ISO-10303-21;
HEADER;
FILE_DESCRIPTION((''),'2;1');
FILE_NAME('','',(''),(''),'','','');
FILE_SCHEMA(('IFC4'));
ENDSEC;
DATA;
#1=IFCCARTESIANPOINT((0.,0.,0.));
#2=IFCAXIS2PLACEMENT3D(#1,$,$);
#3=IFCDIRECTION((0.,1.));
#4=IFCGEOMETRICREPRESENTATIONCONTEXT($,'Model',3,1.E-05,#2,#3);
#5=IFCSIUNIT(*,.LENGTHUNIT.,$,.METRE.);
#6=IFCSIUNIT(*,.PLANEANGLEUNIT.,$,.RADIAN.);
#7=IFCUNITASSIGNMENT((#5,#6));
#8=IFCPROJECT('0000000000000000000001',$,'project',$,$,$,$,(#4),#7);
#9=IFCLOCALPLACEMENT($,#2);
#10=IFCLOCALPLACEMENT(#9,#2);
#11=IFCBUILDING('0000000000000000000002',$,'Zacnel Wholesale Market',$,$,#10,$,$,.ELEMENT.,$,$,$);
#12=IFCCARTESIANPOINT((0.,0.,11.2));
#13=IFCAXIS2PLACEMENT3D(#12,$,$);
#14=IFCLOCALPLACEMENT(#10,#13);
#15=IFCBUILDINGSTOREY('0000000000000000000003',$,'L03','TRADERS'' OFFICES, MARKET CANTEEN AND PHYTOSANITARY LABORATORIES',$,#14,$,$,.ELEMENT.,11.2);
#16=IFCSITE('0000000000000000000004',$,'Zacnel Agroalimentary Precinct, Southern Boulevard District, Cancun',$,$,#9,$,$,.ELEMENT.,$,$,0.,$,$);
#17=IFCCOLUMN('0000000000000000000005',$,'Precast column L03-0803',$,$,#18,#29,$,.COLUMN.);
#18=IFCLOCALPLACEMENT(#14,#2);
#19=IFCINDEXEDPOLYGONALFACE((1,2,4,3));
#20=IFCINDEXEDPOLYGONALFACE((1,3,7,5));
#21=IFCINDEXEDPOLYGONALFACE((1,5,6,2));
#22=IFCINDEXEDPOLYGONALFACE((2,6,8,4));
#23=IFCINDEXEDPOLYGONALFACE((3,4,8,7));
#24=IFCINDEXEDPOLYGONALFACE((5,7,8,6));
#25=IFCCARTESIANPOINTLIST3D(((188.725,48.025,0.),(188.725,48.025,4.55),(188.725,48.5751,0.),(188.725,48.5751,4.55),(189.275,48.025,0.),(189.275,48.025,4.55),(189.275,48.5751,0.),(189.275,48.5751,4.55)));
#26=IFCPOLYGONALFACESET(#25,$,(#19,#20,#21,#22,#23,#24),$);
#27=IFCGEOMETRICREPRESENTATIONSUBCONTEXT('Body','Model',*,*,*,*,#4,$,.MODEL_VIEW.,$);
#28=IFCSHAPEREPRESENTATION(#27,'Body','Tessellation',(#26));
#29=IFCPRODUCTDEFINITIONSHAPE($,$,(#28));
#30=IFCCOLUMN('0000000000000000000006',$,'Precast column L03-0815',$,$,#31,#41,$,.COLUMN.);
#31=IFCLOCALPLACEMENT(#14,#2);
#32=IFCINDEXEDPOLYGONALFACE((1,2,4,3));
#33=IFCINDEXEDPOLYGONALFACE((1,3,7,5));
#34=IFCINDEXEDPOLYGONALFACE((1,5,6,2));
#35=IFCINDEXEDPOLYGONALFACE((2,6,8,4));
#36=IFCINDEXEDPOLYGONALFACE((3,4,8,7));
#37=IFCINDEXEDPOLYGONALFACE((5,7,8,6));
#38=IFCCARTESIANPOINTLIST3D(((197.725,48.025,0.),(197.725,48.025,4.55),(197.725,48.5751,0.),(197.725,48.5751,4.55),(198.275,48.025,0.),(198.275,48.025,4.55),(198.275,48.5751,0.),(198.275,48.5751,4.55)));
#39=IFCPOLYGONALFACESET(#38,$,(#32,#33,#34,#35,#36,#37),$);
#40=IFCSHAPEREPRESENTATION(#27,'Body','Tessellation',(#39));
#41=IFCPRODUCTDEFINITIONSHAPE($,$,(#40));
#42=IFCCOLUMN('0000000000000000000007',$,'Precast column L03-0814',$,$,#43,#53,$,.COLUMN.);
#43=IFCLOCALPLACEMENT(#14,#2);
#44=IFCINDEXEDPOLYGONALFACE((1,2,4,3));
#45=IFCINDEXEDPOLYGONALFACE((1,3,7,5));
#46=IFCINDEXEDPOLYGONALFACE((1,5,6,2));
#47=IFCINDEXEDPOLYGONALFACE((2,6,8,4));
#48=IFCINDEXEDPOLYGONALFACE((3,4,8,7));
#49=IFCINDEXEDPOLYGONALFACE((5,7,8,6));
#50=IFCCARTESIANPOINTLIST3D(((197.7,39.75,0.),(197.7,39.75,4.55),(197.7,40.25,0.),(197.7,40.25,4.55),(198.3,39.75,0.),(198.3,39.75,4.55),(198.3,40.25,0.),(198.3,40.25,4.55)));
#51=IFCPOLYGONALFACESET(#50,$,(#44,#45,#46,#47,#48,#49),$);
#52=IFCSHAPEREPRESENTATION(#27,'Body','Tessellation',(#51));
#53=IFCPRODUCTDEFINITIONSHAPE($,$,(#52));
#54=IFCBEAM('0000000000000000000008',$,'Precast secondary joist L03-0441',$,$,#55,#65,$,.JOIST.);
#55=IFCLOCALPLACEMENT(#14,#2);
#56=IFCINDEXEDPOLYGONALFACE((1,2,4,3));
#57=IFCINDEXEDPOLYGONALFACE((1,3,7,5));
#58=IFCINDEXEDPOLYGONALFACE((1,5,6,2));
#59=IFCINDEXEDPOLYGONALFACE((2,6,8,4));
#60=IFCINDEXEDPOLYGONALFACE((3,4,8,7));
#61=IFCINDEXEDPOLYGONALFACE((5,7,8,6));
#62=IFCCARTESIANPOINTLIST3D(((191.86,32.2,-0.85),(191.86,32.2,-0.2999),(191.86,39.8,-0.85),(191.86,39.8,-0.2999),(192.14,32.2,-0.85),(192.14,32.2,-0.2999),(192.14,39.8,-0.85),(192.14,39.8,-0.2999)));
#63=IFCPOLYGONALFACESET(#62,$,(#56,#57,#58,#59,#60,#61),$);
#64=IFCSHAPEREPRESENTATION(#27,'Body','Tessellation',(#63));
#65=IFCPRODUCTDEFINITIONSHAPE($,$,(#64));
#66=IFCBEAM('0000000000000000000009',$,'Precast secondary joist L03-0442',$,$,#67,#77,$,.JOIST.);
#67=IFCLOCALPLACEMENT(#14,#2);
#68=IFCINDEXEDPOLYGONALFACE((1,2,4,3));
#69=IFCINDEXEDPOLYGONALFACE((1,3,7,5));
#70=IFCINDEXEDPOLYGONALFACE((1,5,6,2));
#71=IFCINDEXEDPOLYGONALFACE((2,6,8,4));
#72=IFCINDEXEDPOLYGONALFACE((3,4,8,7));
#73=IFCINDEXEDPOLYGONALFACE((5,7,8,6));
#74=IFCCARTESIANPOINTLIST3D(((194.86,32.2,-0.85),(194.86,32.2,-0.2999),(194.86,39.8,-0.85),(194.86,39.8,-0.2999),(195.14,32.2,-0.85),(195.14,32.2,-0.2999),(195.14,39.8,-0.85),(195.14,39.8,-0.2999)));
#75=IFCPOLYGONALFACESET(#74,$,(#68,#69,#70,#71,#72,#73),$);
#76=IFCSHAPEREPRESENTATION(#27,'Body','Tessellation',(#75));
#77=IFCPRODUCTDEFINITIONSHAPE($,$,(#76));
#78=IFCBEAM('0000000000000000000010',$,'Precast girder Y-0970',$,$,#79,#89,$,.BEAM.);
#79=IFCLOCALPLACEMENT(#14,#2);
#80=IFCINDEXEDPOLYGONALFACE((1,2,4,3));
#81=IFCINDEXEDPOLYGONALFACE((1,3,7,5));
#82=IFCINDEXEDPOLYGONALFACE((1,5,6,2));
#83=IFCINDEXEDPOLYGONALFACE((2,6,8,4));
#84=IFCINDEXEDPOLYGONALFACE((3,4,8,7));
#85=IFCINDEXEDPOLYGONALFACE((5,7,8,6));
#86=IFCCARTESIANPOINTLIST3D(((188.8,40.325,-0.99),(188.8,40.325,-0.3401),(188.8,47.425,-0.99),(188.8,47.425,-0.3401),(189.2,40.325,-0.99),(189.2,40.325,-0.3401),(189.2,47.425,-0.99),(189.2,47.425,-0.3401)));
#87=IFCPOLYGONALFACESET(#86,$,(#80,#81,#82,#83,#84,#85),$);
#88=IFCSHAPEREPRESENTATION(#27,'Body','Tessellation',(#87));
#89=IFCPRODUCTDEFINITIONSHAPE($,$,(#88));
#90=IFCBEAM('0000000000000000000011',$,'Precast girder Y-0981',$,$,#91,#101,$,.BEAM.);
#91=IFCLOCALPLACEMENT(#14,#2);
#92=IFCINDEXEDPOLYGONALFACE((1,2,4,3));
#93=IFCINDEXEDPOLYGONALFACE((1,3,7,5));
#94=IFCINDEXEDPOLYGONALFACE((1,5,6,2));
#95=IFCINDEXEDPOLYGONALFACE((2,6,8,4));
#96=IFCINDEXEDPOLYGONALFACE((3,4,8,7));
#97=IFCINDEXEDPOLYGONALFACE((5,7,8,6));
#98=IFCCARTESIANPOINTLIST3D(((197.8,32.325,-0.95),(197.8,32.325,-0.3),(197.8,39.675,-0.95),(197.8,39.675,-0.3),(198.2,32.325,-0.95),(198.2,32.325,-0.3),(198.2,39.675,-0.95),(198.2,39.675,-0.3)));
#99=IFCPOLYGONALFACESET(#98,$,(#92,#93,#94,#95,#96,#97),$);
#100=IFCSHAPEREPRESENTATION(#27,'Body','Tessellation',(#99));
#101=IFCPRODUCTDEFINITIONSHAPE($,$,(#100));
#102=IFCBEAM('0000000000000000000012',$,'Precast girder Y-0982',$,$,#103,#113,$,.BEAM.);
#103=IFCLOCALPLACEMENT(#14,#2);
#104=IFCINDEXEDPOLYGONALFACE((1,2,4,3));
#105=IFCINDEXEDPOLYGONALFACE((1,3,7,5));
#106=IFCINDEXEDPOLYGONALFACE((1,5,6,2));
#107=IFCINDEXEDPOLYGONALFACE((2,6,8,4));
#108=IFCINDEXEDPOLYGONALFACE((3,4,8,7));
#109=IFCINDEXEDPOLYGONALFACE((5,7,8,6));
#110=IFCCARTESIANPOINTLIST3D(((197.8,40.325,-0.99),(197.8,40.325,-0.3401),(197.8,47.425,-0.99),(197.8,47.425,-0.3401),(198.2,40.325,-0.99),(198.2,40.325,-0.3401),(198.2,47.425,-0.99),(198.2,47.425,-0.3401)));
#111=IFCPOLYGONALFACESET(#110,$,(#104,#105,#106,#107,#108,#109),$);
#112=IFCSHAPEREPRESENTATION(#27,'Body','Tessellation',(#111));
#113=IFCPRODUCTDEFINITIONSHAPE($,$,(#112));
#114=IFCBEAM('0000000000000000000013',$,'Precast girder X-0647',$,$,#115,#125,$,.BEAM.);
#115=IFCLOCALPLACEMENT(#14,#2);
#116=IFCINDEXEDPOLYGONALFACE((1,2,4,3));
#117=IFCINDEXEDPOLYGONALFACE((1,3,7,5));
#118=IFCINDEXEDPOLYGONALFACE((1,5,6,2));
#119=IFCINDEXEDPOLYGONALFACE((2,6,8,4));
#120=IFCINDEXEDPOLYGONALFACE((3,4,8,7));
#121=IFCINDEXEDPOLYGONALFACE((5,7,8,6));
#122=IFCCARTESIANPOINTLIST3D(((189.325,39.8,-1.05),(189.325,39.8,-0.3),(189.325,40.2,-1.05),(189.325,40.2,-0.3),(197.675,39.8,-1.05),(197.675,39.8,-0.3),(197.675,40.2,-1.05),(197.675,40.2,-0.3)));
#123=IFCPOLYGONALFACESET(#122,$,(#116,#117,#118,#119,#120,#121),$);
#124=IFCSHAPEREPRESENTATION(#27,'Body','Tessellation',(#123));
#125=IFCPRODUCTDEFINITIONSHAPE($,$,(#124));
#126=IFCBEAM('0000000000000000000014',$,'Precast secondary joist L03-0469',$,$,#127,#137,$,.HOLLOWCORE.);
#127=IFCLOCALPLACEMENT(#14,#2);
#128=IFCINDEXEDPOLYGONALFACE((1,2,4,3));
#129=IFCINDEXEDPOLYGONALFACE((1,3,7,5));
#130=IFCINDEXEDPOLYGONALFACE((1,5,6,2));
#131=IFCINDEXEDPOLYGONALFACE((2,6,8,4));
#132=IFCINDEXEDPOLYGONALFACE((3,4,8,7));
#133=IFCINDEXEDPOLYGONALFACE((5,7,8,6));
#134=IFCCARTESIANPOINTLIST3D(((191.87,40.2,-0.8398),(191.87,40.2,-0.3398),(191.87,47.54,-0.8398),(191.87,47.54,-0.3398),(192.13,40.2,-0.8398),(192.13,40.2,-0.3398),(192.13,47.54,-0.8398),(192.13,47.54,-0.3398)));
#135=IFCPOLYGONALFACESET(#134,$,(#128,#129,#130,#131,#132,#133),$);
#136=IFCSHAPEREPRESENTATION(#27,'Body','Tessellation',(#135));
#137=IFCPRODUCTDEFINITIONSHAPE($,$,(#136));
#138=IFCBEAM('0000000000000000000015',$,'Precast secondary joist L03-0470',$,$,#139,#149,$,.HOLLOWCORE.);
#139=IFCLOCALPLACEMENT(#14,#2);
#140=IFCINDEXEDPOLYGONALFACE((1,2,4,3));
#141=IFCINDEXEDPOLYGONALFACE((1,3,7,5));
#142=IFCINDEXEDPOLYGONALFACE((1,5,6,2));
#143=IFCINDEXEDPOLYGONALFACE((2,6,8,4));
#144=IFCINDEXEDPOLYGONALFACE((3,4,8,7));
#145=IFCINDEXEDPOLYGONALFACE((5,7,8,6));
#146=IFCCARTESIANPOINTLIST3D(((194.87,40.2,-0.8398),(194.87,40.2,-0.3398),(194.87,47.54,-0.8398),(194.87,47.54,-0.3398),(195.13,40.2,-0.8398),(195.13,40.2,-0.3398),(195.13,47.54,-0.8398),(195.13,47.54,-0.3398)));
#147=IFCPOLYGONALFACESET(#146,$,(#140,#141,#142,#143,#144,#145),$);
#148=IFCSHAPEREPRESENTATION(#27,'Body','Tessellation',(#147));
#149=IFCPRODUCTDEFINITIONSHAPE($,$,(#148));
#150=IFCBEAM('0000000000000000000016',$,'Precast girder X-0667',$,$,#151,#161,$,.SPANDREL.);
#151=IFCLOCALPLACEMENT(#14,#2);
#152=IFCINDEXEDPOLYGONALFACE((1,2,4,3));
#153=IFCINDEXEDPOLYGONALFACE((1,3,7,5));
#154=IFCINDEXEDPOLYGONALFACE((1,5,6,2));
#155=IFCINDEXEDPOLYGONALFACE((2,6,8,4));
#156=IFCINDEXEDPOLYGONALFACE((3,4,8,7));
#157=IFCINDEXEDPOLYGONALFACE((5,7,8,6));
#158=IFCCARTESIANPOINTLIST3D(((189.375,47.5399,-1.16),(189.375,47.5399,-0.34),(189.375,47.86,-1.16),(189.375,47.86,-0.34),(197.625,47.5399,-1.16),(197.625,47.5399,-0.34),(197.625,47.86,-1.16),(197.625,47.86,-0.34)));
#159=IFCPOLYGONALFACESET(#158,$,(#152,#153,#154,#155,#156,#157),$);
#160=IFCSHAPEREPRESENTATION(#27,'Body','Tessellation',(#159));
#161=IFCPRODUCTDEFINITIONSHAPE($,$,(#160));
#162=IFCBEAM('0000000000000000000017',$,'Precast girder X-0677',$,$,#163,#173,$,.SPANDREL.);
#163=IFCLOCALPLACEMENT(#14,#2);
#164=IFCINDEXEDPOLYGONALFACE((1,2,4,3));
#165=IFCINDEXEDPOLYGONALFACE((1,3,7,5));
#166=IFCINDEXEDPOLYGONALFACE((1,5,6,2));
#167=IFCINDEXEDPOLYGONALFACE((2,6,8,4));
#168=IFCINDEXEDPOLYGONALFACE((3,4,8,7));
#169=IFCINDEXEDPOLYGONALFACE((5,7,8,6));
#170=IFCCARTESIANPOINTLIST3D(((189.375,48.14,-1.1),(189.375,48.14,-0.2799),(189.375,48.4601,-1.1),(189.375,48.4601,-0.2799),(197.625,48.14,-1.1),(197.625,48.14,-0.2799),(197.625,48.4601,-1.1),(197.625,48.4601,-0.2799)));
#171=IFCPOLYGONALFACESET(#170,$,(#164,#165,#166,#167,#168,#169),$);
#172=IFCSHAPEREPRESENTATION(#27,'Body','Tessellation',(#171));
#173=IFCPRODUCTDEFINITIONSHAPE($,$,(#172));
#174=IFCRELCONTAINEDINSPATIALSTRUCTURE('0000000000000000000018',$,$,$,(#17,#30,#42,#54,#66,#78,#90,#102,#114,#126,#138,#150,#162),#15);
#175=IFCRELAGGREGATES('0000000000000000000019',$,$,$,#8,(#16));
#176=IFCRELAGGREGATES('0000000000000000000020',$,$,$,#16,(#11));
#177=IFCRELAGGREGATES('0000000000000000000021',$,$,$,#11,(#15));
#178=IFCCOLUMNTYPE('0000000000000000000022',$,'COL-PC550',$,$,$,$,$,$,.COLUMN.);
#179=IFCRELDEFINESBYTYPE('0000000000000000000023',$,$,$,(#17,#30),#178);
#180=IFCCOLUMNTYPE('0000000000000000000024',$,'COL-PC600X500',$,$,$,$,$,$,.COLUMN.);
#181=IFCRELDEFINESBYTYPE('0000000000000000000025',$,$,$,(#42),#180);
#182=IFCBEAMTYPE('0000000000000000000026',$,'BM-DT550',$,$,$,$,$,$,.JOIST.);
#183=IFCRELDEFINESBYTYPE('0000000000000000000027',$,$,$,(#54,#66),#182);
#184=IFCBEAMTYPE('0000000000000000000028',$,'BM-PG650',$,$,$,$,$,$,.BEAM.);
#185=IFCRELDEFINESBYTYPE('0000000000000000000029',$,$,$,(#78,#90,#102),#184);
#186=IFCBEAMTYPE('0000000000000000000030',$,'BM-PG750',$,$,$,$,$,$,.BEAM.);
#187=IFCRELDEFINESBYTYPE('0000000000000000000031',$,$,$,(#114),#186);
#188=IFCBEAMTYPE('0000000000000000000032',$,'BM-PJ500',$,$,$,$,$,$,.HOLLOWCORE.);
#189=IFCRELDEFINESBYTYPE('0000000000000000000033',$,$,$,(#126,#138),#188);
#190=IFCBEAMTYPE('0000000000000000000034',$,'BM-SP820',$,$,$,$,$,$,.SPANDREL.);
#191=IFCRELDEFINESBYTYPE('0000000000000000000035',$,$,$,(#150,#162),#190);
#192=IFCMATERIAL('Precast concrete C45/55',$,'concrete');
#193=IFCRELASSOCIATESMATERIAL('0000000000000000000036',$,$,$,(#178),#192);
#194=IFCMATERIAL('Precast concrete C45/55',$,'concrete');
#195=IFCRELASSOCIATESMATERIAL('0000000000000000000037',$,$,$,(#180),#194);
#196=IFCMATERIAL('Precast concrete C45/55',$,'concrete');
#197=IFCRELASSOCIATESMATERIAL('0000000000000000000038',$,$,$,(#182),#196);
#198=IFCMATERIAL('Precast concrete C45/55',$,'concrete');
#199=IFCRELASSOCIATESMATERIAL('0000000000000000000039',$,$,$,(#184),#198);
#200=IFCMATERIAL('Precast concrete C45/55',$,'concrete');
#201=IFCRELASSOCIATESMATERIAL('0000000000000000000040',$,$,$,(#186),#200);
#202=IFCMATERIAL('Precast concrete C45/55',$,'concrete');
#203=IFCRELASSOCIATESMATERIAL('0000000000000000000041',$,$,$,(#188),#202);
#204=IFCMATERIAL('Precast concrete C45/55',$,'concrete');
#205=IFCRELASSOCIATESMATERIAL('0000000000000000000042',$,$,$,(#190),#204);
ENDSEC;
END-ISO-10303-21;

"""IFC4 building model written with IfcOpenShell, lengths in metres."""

from ifc_helpers import new_model, si_unit, direction, frame, origin, origin_2d, place, context, subcontext, project, spatial, rectangle, extrude, material, material_profile, profile_set, type_object, element, save


model = new_model("IFC4")

# Units and contexts
model_context = context("Model", 3, precision=1e-05, world=origin(), true_north=direction((0.0, 1.0)))
body_context = subcontext(model_context, "Body", "Model", "MODEL_VIEW")
ifc_project = project(units=[si_unit("LENGTHUNIT", "METRE"), si_unit("PLANEANGLEUNIT", "RADIAN")], contexts=[model_context])

# Site, building, storey
site_placement = place(None, origin())
site = spatial("IfcSite", under=ifc_project, at=site_placement, Name="Zacnel Agroalimentary Precinct, Southern Boulevard District, Cancun", CompositionType="ELEMENT", RefElevation=0.0)
building_placement = place(site_placement, origin())
building = spatial("IfcBuilding", under=site, at=building_placement, Name="Zacnel Wholesale Market", CompositionType="ELEMENT")
storey_placement = place(building_placement, frame((0.0, 0.0, 11.2)))
storey = spatial("IfcBuildingStorey", under=building, at=storey_placement, Name="L03", Description="TRADERS' OFFICES, MARKET CANTEEN AND PHYTOSANITARY LABORATORIES", CompositionType="ELEMENT", Elevation=11.2)

# Columns
ifc_material_1 = material(Name="Precast concrete C45/55", Category="concrete")
ifc_material_profile_1 = material_profile(ifc_material_1, rectangle(XDim=0.55, YDim=0.55, at=origin_2d()), Name="PC 550x550")
ifc_profile_set_1 = profile_set([ifc_material_profile_1], Name="Precast concrete C45/55")
column_type_1 = type_object("IfcColumnType", Name="COL-PC550", PredefinedType="COLUMN", material=ifc_profile_set_1)
for number, where, z_axis, x_axis, name in (
    (1, (189.0, 48.3, 0.0), (0.0, 0.0, 1.0), (1.0, 0.0, 0.0), "Precast column L03-0803"),
    (2, (198.0, 48.3, 0.0), (0.0, 0.0, 1.0), (1.0, 0.0, 0.0), "Precast column L03-0815"),
):
    element("IfcColumn", number, at=place(storey_placement, frame(where, z_axis=z_axis, x_axis=x_axis)), inside=storey, type_object=column_type_1, Name=name, PredefinedType="COLUMN", context=body_context, shape_type="SweptSolid", body=[
        extrude(rectangle(XDim=0.55, YDim=0.55, at=origin_2d()), origin(), (0.0, 0.0, 1.0), 4.55),
    ])
ifc_material_2 = material(Name="Precast concrete C45/55", Category="concrete")
ifc_material_profile_2 = material_profile(ifc_material_2, rectangle(XDim=0.6001, YDim=0.5, at=origin_2d()), Name="PC 600x500")
ifc_profile_set_2 = profile_set([ifc_material_profile_2], Name="Precast concrete C45/55")
column_type_2 = type_object("IfcColumnType", Name="COL-PC600X500", PredefinedType="COLUMN", material=ifc_profile_set_2)
column_placement = place(storey_placement, frame((198.0, 40.0, 0.0), z_axis=(0.0, 0.0, 1.0), x_axis=(1.0, 0.0, 0.0)))
element("IfcColumn", 3, at=column_placement, inside=storey, type_object=column_type_2, Name="Precast column L03-0814", PredefinedType="COLUMN", context=body_context, shape_type="SweptSolid", body=[
    extrude(rectangle(XDim=0.6001, YDim=0.5, at=origin_2d()), origin(), (0.0, 0.0, 1.0), 4.55),
])

# Beams
ifc_material_3 = material(Name="Precast concrete C45/55", Category="concrete")
ifc_material_profile_3 = material_profile(ifc_material_3, rectangle(XDim=0.28, YDim=0.55, at=origin_2d()), Name="DT RIB 280x550")
ifc_profile_set_3 = profile_set([ifc_material_profile_3], Name="Precast concrete C45/55")
beam_type_1 = type_object("IfcBeamType", Name="BM-DT550", PredefinedType="JOIST", material=ifc_profile_set_3)
for number, where, z_axis, x_axis, name in (
    (4, (192.0, 32.2, -0.575), (0.0, 1.0, 0.0), (-1.0, 0.0, 0.0), "Precast secondary joist L03-0441"),
    (5, (195.0, 32.2, -0.575), (0.0, 1.0, 0.0), (-1.0, 0.0, 0.0), "Precast secondary joist L03-0442"),
):
    element("IfcBeam", number, at=place(storey_placement, frame(where, z_axis=z_axis, x_axis=x_axis)), inside=storey, type_object=beam_type_1, Name=name, PredefinedType="JOIST", context=body_context, shape_type="SweptSolid", body=[
        extrude(rectangle(XDim=0.28, YDim=0.55, at=origin_2d()), origin(), (0.0, 0.0, 1.0), 7.6001),
    ])
ifc_material_4 = material(Name="Precast concrete C45/55", Category="concrete")
ifc_material_profile_4 = material_profile(ifc_material_4, rectangle(XDim=0.3999, YDim=0.6499, at=origin_2d()), Name="PG 400x650")
ifc_profile_set_4 = profile_set([ifc_material_profile_4], Name="Precast concrete C45/55")
beam_type_2 = type_object("IfcBeamType", Name="BM-PG650", PredefinedType="BEAM", material=ifc_profile_set_4)
beam_1_placement = place(storey_placement, frame((189.0, 40.325, -0.665), z_axis=(0.0, 1.0, 0.0), x_axis=(-1.0, 0.0, 0.0)))
element("IfcBeam", 6, at=beam_1_placement, inside=storey, type_object=beam_type_2, Name="Precast girder Y-0970", PredefinedType="BEAM", context=body_context, shape_type="SweptSolid", body=[
    extrude(rectangle(XDim=0.3999, YDim=0.6499, at=origin_2d()), origin(), (0.0, 0.0, 1.0), 7.1001),
])
beam_2_placement = place(storey_placement, frame((198.0, 32.325, -0.625), z_axis=(0.0, 1.0, 0.0), x_axis=(-1.0, 0.0, 0.0)))
element("IfcBeam", 7, at=beam_2_placement, inside=storey, type_object=beam_type_2, Name="Precast girder Y-0981", PredefinedType="BEAM", context=body_context, shape_type="SweptSolid", body=[
    extrude(rectangle(XDim=0.3999, YDim=0.6499, at=origin_2d()), origin(), (0.0, 0.0, 1.0), 7.3501),
])
beam_3_placement = place(storey_placement, frame((198.0, 40.325, -0.665), z_axis=(0.0, 1.0, 0.0), x_axis=(-1.0, 0.0, 0.0)))
element("IfcBeam", 8, at=beam_3_placement, inside=storey, type_object=beam_type_2, Name="Precast girder Y-0982", PredefinedType="BEAM", context=body_context, shape_type="SweptSolid", body=[
    extrude(rectangle(XDim=0.3999, YDim=0.6499, at=origin_2d()), origin(), (0.0, 0.0, 1.0), 7.1001),
])
ifc_material_5 = material(Name="Precast concrete C45/55", Category="concrete")
ifc_material_profile_5 = material_profile(ifc_material_5, rectangle(XDim=0.3999, YDim=0.75, at=origin_2d()), Name="PG 400x750")
ifc_profile_set_5 = profile_set([ifc_material_profile_5], Name="Precast concrete C45/55")
beam_type_3 = type_object("IfcBeamType", Name="BM-PG750", PredefinedType="BEAM", material=ifc_profile_set_5)
beam_4_placement = place(storey_placement, frame((189.325, 40.0, -0.675), z_axis=(1.0, 0.0, 0.0), x_axis=(0.0, 1.0, 0.0)))
element("IfcBeam", 9, at=beam_4_placement, inside=storey, type_object=beam_type_3, Name="Precast girder X-0647", PredefinedType="BEAM", context=body_context, shape_type="SweptSolid", body=[
    extrude(rectangle(XDim=0.3999, YDim=0.75, at=origin_2d()), origin(), (0.0, 0.0, 1.0), 8.3501),
])
ifc_material_6 = material(Name="Precast concrete C45/55", Category="concrete")
ifc_material_profile_6 = material_profile(ifc_material_6, rectangle(XDim=0.26, YDim=0.5, at=origin_2d()), Name="PJ 260x500")
ifc_profile_set_6 = profile_set([ifc_material_profile_6], Name="Precast concrete C45/55")
beam_type_4 = type_object("IfcBeamType", Name="BM-PJ500", PredefinedType="HOLLOWCORE", material=ifc_profile_set_6)
for number, where, z_axis, x_axis, name in (
    (10, (192.0, 40.2, -0.5898), (0.0, 1.0, 0.0), (-1.0, 0.0, 0.0), "Precast secondary joist L03-0469"),
    (11, (195.0, 40.2, -0.5898), (0.0, 1.0, 0.0), (-1.0, 0.0, 0.0), "Precast secondary joist L03-0470"),
):
    element("IfcBeam", number, at=place(storey_placement, frame(where, z_axis=z_axis, x_axis=x_axis)), inside=storey, type_object=beam_type_4, Name=name, PredefinedType="HOLLOWCORE", context=body_context, shape_type="SweptSolid", body=[
        extrude(rectangle(XDim=0.26, YDim=0.5, at=origin_2d()), origin(), (0.0, 0.0, 1.0), 7.3401),
    ])
ifc_material_7 = material(Name="Precast concrete C45/55", Category="concrete")
ifc_material_profile_7 = material_profile(ifc_material_7, rectangle(XDim=0.3201, YDim=0.8201, at=origin_2d()), Name="SP 320x820")
ifc_profile_set_7 = profile_set([ifc_material_profile_7], Name="Precast concrete C45/55")
beam_type_5 = type_object("IfcBeamType", Name="BM-SP820", PredefinedType="SPANDREL", material=ifc_profile_set_7)
for number, where, z_axis, x_axis, name in (
    (12, (189.375, 47.7, -0.75), (1.0, 0.0, 0.0), (0.0, 1.0, 0.0), "Precast girder X-0667"),
    (13, (189.375, 48.3, -0.6899), (1.0, 0.0, 0.0), (0.0, 1.0, 0.0), "Precast girder X-0677"),
):
    element("IfcBeam", number, at=place(storey_placement, frame(where, z_axis=z_axis, x_axis=x_axis)), inside=storey, type_object=beam_type_5, Name=name, PredefinedType="SPANDREL", context=body_context, shape_type="SweptSolid", body=[
        extrude(rectangle(XDim=0.3201, YDim=0.8201, at=origin_2d()), origin(), (0.0, 0.0, 1.0), 8.25),
    ])

save(model, "model.ifc")
